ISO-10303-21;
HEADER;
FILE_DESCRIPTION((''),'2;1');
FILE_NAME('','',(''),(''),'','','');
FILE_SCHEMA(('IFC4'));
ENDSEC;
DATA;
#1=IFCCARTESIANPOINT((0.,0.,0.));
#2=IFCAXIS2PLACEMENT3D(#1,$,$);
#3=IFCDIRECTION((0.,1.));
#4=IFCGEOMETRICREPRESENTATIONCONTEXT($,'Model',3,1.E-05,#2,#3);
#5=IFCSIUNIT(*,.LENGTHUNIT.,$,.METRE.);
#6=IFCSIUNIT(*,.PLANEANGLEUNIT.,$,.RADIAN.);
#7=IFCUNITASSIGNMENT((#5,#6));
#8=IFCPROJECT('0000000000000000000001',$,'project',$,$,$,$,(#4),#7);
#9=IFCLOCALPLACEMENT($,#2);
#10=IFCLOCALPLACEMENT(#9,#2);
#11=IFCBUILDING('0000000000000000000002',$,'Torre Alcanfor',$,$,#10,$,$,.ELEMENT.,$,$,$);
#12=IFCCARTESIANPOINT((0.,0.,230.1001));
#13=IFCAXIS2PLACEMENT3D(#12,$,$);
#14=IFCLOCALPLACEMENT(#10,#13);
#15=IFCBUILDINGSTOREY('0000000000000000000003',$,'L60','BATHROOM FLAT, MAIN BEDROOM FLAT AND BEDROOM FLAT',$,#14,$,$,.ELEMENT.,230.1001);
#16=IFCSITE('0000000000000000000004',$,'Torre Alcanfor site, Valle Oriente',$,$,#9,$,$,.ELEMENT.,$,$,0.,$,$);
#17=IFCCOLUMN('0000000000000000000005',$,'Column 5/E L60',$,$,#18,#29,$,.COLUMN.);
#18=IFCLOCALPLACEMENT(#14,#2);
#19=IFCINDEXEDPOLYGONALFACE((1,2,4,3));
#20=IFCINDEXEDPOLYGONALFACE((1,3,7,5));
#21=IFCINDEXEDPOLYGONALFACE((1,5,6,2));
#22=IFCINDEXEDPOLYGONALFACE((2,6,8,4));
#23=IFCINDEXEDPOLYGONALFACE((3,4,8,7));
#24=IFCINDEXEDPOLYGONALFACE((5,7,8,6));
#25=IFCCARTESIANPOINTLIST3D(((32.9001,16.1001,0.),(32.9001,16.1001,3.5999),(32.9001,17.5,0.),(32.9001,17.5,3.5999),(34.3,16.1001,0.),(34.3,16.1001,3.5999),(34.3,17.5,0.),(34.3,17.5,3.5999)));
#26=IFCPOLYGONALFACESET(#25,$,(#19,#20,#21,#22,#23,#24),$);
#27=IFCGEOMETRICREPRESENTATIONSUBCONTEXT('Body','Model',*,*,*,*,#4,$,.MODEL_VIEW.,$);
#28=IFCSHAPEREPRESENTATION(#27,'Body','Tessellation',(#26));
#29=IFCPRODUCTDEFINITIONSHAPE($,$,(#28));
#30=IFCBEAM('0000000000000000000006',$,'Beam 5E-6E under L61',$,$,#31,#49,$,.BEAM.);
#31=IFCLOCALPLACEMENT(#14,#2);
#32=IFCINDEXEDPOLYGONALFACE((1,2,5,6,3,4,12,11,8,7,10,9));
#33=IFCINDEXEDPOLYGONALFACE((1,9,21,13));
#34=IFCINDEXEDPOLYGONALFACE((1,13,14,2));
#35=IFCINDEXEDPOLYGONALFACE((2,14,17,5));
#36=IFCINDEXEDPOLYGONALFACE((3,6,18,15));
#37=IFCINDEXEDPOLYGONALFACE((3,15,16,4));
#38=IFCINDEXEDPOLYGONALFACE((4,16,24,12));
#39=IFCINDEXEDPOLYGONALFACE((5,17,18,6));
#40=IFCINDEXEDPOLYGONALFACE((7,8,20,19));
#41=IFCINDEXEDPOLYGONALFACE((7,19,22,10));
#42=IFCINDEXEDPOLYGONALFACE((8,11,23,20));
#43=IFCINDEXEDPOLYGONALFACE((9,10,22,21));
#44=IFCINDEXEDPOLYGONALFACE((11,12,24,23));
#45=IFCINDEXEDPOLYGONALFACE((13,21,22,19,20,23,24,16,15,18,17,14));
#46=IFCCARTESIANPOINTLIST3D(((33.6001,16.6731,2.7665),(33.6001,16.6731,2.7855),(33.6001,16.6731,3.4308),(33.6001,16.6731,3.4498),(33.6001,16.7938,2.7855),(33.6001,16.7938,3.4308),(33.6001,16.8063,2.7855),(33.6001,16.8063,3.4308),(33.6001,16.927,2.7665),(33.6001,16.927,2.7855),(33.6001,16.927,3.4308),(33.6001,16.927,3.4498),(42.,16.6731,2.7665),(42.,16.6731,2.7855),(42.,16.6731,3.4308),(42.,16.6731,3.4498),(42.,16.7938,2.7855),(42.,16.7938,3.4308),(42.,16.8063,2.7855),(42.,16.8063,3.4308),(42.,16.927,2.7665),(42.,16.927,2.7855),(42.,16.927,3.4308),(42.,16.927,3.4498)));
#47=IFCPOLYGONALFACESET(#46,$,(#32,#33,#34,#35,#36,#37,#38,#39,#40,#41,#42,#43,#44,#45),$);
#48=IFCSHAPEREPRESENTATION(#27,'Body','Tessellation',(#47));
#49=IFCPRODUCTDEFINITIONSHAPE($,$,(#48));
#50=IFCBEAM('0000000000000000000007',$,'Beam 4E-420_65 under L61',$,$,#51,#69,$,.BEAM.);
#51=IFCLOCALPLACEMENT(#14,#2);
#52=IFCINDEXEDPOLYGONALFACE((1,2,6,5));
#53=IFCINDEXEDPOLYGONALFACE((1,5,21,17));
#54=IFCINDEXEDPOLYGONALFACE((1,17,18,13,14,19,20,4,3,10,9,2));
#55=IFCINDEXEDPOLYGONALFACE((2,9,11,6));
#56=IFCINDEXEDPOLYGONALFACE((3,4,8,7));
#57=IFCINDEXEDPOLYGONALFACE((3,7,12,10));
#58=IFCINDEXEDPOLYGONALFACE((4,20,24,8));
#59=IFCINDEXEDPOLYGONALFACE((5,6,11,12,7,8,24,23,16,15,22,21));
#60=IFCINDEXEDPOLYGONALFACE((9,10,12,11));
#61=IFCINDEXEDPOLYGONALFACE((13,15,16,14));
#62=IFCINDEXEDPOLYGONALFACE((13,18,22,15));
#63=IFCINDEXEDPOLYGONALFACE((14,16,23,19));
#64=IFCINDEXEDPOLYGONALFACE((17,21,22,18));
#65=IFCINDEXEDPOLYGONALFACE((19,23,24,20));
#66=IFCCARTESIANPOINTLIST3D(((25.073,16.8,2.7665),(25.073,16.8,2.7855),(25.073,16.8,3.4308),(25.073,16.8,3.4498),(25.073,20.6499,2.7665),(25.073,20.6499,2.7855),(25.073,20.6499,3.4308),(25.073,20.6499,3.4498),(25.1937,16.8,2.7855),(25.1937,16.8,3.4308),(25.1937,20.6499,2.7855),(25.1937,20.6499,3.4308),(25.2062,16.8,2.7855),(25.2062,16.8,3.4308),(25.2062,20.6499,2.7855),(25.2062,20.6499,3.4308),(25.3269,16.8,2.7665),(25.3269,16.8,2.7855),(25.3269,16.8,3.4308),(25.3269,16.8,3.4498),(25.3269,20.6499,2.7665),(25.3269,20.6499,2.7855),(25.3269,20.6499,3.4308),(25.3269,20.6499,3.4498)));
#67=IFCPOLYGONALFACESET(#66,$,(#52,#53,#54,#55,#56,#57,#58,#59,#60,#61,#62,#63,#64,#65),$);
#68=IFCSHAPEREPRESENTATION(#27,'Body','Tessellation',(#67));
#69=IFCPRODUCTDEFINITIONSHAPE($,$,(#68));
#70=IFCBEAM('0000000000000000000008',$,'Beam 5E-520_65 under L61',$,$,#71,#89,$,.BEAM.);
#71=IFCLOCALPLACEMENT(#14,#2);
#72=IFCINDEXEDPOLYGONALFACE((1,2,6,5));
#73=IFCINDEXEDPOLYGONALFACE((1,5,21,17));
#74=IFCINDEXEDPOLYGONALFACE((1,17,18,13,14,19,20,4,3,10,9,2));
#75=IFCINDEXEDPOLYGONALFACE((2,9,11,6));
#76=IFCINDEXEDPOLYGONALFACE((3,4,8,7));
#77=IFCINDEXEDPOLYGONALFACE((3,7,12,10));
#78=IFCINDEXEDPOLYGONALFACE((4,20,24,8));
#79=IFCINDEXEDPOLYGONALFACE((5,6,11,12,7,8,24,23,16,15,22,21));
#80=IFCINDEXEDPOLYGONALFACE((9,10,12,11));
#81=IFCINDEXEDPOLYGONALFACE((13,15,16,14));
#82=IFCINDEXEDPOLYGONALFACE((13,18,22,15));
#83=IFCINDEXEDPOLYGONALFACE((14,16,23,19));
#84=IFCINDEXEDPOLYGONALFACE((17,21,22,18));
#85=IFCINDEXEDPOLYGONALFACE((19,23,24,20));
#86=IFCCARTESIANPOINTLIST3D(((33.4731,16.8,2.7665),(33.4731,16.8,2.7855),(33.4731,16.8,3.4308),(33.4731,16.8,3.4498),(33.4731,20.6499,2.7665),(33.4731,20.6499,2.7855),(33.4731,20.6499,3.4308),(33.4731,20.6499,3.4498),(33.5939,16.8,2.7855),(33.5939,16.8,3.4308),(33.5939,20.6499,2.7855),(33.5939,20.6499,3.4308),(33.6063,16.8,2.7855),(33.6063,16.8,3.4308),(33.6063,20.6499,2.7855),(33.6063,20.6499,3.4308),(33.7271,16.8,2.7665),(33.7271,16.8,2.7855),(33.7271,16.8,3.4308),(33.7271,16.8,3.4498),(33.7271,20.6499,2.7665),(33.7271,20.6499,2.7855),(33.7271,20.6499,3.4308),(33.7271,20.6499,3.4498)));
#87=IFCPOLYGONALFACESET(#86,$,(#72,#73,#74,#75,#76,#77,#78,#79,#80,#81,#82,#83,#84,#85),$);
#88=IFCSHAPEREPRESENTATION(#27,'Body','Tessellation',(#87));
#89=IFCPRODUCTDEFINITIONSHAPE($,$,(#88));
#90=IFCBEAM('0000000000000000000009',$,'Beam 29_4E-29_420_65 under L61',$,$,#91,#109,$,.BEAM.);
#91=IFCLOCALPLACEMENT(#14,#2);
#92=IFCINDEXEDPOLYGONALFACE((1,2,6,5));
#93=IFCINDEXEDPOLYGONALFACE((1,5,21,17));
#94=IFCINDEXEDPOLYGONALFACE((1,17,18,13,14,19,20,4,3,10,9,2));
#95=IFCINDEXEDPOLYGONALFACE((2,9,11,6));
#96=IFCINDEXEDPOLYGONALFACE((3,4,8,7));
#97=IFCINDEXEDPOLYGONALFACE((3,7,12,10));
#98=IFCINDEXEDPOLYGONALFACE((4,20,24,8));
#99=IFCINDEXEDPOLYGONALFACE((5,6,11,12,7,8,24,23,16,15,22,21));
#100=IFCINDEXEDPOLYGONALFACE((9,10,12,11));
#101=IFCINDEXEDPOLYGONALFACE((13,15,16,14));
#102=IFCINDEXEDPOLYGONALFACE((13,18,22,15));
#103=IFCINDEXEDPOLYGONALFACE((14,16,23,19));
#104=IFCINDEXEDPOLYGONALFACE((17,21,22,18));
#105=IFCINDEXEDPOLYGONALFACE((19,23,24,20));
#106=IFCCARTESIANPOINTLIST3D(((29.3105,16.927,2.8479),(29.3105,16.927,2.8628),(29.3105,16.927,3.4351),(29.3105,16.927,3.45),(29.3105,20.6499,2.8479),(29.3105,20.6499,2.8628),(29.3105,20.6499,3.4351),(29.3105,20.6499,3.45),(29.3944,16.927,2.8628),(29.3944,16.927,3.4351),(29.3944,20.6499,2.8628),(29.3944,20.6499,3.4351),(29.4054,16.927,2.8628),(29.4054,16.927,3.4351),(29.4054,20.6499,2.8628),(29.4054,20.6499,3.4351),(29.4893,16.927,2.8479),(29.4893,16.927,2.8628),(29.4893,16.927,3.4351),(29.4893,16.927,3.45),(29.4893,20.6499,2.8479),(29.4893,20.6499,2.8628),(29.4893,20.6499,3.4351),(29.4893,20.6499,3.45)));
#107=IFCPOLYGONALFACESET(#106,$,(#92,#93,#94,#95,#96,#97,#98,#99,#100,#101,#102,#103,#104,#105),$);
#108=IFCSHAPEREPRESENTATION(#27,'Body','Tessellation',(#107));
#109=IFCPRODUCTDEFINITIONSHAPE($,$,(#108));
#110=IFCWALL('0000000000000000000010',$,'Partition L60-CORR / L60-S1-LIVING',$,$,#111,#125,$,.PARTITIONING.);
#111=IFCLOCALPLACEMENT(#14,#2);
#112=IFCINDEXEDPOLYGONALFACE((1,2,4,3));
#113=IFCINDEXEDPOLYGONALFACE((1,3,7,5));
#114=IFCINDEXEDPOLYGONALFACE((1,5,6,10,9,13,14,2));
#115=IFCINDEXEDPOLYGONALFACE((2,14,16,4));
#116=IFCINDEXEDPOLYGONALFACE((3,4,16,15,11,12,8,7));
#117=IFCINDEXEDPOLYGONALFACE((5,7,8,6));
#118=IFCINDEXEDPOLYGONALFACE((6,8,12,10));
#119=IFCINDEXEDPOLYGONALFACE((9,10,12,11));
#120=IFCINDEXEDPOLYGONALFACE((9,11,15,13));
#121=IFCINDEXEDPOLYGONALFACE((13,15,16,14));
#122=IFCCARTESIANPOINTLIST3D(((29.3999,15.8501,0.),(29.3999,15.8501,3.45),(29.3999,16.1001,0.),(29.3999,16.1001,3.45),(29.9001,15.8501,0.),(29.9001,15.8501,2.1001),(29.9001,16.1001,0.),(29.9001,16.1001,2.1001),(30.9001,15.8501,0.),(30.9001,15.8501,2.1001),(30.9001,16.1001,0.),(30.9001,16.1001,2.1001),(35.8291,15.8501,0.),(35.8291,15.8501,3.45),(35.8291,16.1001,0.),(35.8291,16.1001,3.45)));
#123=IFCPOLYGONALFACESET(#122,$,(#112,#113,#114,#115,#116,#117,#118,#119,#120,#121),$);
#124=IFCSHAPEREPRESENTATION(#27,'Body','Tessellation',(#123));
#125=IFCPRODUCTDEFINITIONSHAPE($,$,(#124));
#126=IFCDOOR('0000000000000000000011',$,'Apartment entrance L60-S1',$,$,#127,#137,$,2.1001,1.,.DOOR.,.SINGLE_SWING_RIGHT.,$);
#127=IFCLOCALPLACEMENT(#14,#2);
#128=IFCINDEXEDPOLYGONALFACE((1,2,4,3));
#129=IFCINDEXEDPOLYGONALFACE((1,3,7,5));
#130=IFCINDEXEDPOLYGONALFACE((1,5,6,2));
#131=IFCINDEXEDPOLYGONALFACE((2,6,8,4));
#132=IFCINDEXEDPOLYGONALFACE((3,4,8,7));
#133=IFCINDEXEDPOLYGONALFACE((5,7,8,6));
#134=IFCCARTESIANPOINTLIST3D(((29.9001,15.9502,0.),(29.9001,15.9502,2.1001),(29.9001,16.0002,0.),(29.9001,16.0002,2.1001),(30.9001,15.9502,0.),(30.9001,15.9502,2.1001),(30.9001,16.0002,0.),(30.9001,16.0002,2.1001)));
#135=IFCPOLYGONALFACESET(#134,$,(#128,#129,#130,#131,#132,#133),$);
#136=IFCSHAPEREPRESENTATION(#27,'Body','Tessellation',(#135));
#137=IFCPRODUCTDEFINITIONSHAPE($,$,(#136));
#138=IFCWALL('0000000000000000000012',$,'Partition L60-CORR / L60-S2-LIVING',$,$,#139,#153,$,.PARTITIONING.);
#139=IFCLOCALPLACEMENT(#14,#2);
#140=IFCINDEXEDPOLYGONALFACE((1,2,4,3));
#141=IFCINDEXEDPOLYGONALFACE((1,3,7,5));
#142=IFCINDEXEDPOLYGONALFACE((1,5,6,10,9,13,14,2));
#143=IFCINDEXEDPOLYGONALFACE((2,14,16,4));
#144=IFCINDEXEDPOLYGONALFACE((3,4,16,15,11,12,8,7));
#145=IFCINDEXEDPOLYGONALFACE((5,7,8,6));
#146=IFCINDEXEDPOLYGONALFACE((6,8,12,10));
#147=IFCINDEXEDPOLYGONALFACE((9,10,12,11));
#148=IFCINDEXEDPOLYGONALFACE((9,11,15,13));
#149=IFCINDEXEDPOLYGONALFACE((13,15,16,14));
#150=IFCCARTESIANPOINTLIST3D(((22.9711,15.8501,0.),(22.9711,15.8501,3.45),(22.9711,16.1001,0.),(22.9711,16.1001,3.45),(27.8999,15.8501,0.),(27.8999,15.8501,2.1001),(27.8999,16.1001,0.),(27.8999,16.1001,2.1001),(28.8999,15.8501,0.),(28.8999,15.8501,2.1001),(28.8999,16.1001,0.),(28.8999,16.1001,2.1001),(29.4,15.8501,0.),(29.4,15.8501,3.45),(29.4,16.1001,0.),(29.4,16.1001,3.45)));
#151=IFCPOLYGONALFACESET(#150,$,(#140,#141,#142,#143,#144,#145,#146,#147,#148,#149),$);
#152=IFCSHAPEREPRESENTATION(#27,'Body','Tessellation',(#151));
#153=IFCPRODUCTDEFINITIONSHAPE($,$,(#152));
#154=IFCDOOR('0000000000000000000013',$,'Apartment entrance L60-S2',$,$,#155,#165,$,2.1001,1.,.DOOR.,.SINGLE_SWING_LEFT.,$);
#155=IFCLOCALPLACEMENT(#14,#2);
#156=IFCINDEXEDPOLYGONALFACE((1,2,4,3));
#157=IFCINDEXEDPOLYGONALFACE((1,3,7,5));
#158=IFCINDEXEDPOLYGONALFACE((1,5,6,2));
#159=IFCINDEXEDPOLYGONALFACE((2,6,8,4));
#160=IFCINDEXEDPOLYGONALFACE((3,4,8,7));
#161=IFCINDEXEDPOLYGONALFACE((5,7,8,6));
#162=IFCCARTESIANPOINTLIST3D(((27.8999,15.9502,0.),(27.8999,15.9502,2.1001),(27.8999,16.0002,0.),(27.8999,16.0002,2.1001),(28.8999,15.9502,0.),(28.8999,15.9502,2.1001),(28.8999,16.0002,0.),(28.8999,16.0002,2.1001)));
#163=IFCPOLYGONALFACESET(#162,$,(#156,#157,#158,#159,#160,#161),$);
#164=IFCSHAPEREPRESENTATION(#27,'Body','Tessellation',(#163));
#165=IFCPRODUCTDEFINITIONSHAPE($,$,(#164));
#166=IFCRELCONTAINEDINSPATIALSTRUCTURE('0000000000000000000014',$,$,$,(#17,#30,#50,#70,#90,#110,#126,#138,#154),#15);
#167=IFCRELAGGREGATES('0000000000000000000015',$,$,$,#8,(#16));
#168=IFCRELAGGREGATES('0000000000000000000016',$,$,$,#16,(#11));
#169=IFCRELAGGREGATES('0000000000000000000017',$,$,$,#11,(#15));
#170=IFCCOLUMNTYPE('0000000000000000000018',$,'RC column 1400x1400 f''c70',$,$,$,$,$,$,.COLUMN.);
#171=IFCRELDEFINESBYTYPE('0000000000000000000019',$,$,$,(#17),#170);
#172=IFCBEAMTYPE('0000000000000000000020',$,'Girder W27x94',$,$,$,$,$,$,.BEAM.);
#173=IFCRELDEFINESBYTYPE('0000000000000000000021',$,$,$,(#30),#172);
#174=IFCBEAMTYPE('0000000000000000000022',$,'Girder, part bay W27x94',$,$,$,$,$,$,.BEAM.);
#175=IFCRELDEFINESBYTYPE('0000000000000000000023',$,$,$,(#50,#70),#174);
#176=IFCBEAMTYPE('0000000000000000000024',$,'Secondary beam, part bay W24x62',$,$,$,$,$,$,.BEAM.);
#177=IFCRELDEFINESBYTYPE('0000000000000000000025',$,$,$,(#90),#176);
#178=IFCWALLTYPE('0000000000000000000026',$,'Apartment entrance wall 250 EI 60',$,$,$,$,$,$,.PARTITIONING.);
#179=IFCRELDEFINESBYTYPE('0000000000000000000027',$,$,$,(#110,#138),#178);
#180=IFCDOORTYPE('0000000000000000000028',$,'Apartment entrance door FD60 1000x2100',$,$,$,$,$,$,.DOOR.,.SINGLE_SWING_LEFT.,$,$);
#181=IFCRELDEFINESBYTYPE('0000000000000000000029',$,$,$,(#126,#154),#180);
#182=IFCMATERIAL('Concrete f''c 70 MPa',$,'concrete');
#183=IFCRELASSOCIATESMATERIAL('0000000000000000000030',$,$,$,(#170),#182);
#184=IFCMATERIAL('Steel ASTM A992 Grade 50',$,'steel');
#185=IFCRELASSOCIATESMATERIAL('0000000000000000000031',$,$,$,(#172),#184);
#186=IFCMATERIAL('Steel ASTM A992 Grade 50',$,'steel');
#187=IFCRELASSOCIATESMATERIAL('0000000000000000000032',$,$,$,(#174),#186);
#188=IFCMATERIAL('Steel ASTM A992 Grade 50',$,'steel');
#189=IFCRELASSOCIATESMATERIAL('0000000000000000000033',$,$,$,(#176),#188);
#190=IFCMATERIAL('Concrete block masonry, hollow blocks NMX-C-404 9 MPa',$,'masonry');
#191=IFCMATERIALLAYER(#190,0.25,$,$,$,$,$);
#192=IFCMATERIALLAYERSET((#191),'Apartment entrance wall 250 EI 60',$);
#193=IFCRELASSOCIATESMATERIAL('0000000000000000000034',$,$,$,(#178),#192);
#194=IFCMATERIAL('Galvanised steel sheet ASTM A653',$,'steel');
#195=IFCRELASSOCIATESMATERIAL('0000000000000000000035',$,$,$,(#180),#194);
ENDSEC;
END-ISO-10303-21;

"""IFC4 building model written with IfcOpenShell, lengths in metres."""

from ifc_helpers import new_model, si_unit, direction, frame, frame_2d, origin, origin_2d, place, context, subcontext, project, spatial, rectangle, i_section, extrude, material, layer, layer_set, material_profile, profile_set, type_object, element, fill, save


model = new_model("IFC4")

# Units and contexts
model_context = context("Model", 3, precision=1e-05, world=origin(), true_north=direction((0.0, 1.0)))
body_context = subcontext(model_context, "Body", "Model", "MODEL_VIEW")
ifc_project = project(units=[si_unit("LENGTHUNIT", "METRE"), si_unit("PLANEANGLEUNIT", "RADIAN")], contexts=[model_context])

# Site, building, storey
site_placement = place(None, origin())
site = spatial("IfcSite", under=ifc_project, at=site_placement, Name="Torre Alcanfor site, Valle Oriente", CompositionType="ELEMENT", RefElevation=0.0)
building_placement = place(site_placement, origin())
building = spatial("IfcBuilding", under=site, at=building_placement, Name="Torre Alcanfor", CompositionType="ELEMENT")
storey_placement = place(building_placement, frame((0.0, 0.0, 230.1001)))
storey = spatial("IfcBuildingStorey", under=building, at=storey_placement, Name="L60", Description="BATHROOM FLAT, MAIN BEDROOM FLAT AND BEDROOM FLAT", CompositionType="ELEMENT", Elevation=230.1001)

# Column
ifc_material_1 = material(Name="Concrete f'c 70 MPa", Category="concrete")
ifc_material_profile_1 = material_profile(ifc_material_1, rectangle(XDim=1.3999, YDim=1.3999, at=origin_2d()), Name="1400x1400")
ifc_profile_set_1 = profile_set([ifc_material_profile_1], Name="Concrete f'c 70 MPa")
column_type = type_object("IfcColumnType", Name="RC column 1400x1400 f'c70", PredefinedType="COLUMN", material=ifc_profile_set_1)
column_placement = place(storey_placement, frame((33.6001, 16.8, 0.0), z_axis=(0.0, 0.0, 1.0), x_axis=(1.0, 0.0, 0.0)))
element("IfcColumn", 1, at=column_placement, inside=storey, type_object=column_type, Name="Column 5/E L60", PredefinedType="COLUMN", context=body_context, shape_type="SweptSolid", body=[
    extrude(rectangle(XDim=1.3999, YDim=1.3999, at=origin_2d()), origin(), (0.0, 0.0, 1.0), 3.5999),
])

# Beams
ifc_material_2 = material(Name="Steel ASTM A992 Grade 50", Category="steel")
ifc_material_profile_2 = material_profile(ifc_material_2, i_section(OverallWidth=0.2539, OverallDepth=0.6833, WebThickness=0.0125, FlangeThickness=0.019, at=origin_2d()), Name="W27x94")
ifc_profile_set_2 = profile_set([ifc_material_profile_2], Name="Steel ASTM A992 Grade 50")
beam_type_1 = type_object("IfcBeamType", Name="Girder W27x94", PredefinedType="BEAM", material=ifc_profile_set_2)
beam_1_placement = place(storey_placement, frame((33.6001, 16.8, 3.1082), z_axis=(1.0, 0.0, 0.0), x_axis=(0.0, 1.0, 0.0)))
element("IfcBeam", 2, at=beam_1_placement, inside=storey, type_object=beam_type_1, Name="Beam 5E-6E under L61", PredefinedType="BEAM", context=body_context, shape_type="SweptSolid", body=[
    extrude(i_section(OverallWidth=0.2539, OverallDepth=0.6833, WebThickness=0.0125, FlangeThickness=0.019, at=origin_2d()), origin(), (0.0, 0.0, 1.0), 8.3999),
])
ifc_material_3 = material(Name="Steel ASTM A992 Grade 50", Category="steel")
ifc_material_profile_3 = material_profile(ifc_material_3, i_section(OverallWidth=0.2539, OverallDepth=0.6833, WebThickness=0.0125, FlangeThickness=0.019, at=origin_2d()), Name="W27x94")
ifc_profile_set_3 = profile_set([ifc_material_profile_3], Name="Steel ASTM A992 Grade 50")
beam_type_2 = type_object("IfcBeamType", Name="Girder, part bay W27x94", PredefinedType="BEAM", material=ifc_profile_set_3)
for number, where, z_axis, x_axis, name in (
    (3, (25.2, 16.8, 3.1082), (0.0, 1.0, 0.0), (-1.0, 0.0, 0.0), "Beam 4E-420_65 under L61"),
    (4, (33.6001, 16.8, 3.1082), (0.0, 1.0, 0.0), (-1.0, 0.0, 0.0), "Beam 5E-520_65 under L61"),
):
    element("IfcBeam", number, at=place(storey_placement, frame(where, z_axis=z_axis, x_axis=x_axis)), inside=storey, type_object=beam_type_2, Name=name, PredefinedType="BEAM", context=body_context, shape_type="SweptSolid", body=[
        extrude(i_section(OverallWidth=0.2539, OverallDepth=0.6833, WebThickness=0.0125, FlangeThickness=0.019, at=origin_2d()), origin(), (0.0, 0.0, 1.0), 3.8499),
    ])
ifc_material_4 = material(Name="Steel ASTM A992 Grade 50", Category="steel")
ifc_material_profile_4 = material_profile(ifc_material_4, i_section(OverallWidth=0.1787, OverallDepth=0.6021, WebThickness=0.011, FlangeThickness=0.0149, at=origin_2d()), Name="W24x62")
ifc_profile_set_4 = profile_set([ifc_material_profile_4], Name="Steel ASTM A992 Grade 50")
beam_type_3 = type_object("IfcBeamType", Name="Secondary beam, part bay W24x62", PredefinedType="BEAM", material=ifc_profile_set_4)
beam_2_placement = place(storey_placement, frame((29.3999, 16.927, 3.1489), z_axis=(0.0, 1.0, 0.0), x_axis=(-1.0, 0.0, 0.0)))
element("IfcBeam", 5, at=beam_2_placement, inside=storey, type_object=beam_type_3, Name="Beam 29_4E-29_420_65 under L61", PredefinedType="BEAM", context=body_context, shape_type="SweptSolid", body=[
    extrude(i_section(OverallWidth=0.1787, OverallDepth=0.6021, WebThickness=0.011, FlangeThickness=0.0149, at=origin_2d()), origin(), (0.0, 0.0, 1.0), 3.7229),
])

# Walls, openings, doors
ifc_material_5 = material(Name="Concrete block masonry, hollow blocks NMX-C-404 9 MPa", Category="masonry")
ifc_layer_1 = layer(ifc_material_5, 0.25)
ifc_layer_set_1 = layer_set([ifc_layer_1], Name="Apartment entrance wall 250 EI 60")
wall_type_1 = type_object("IfcWallType", Name="Apartment entrance wall 250 EI 60", PredefinedType="PARTITIONING", material=ifc_layer_set_1)
wall_1_placement = place(storey_placement, frame((35.8291, 15.9751, 0.0), z_axis=(0.0, 0.0, 1.0), x_axis=(-1.0, 0.0, 0.0)))
wall_1 = element("IfcWall", 6, at=wall_1_placement, inside=storey, type_object=wall_type_1, Name="Partition L60-CORR / L60-S1-LIVING", PredefinedType="PARTITIONING", context=body_context, shape_type="SweptSolid", body=[
    extrude(rectangle(XDim=6.4292, YDim=0.25, at=frame_2d((3.2146, 0.0))), origin(), (0.0, 0.0, 1.0), 3.45),
])
opening_1_placement = place(wall_1_placement, frame((4.929, 0.0, 0.0)))
opening_1 = element("IfcOpeningElement", 7, at=opening_1_placement, cuts=wall_1, PredefinedType="OPENING", context=body_context, shape_type="SweptSolid", body=[
    extrude(rectangle(XDim=1.0, YDim=2.1001, at=frame_2d((0.5, 1.05))), frame((0.0, 0.135, 0.0), z_axis=(0.0, -1.0, 0.0), x_axis=(1.0, 0.0, 0.0)), (0.0, 0.0, 1.0), 0.27),
])
ifc_material_6 = material(Name="Galvanised steel sheet ASTM A653", Category="steel")
door_type_1 = type_object("IfcDoorType", Name="Apartment entrance door FD60 1000x2100", OperationType="SINGLE_SWING_LEFT", PredefinedType="DOOR", material=ifc_material_6)
door_1_placement = place(opening_1_placement, origin())
door_1 = element("IfcDoor", 8, at=door_1_placement, inside=storey, type_object=door_type_1, Name="Apartment entrance L60-S1", OperationType="SINGLE_SWING_RIGHT", OverallHeight=2.1001, OverallWidth=1.0, PredefinedType="DOOR", context=body_context, shape_type="SweptSolid", body=[
    extrude(rectangle(XDim=1.0, YDim=2.1001, at=frame_2d((0.5, 1.05))), frame((0.0, 0.0249, 0.0), z_axis=(0.0, -1.0, 0.0), x_axis=(1.0, 0.0, 0.0)), (0.0, 0.0, 1.0), 0.05),
])
fill(opening_1, door_1)
wall_2_placement = place(storey_placement, frame((29.3999, 15.9751, 0.0), z_axis=(0.0, 0.0, 1.0), x_axis=(-1.0, 0.0, 0.0)))
wall_2 = element("IfcWall", 9, at=wall_2_placement, inside=storey, type_object=wall_type_1, Name="Partition L60-CORR / L60-S2-LIVING", PredefinedType="PARTITIONING", context=body_context, shape_type="SweptSolid", body=[
    extrude(rectangle(XDim=6.429, YDim=0.25, at=frame_2d((3.2144, 0.0))), origin(), (0.0, 0.0, 1.0), 3.45),
])
opening_2_placement = place(wall_2_placement, frame((0.5, 0.0, 0.0)))
opening_2 = element("IfcOpeningElement", 10, at=opening_2_placement, cuts=wall_2, PredefinedType="OPENING", context=body_context, shape_type="SweptSolid", body=[
    extrude(rectangle(XDim=1.0, YDim=2.1001, at=frame_2d((0.5, 1.05))), frame((0.0, 0.135, 0.0), z_axis=(0.0, -1.0, 0.0), x_axis=(1.0, 0.0, 0.0)), (0.0, 0.0, 1.0), 0.27),
])
door_2_placement = place(opening_2_placement, origin())
door_2 = element("IfcDoor", 11, at=door_2_placement, inside=storey, type_object=door_type_1, Name="Apartment entrance L60-S2", OperationType="SINGLE_SWING_LEFT", OverallHeight=2.1001, OverallWidth=1.0, PredefinedType="DOOR", context=body_context, shape_type="SweptSolid", body=[
    extrude(rectangle(XDim=1.0, YDim=2.1001, at=frame_2d((0.5, 1.05))), frame((0.0, 0.0249, 0.0), z_axis=(0.0, -1.0, 0.0), x_axis=(1.0, 0.0, 0.0)), (0.0, 0.0, 1.0), 0.05),
])
fill(opening_2, door_2)

save(model, "model.ifc")
